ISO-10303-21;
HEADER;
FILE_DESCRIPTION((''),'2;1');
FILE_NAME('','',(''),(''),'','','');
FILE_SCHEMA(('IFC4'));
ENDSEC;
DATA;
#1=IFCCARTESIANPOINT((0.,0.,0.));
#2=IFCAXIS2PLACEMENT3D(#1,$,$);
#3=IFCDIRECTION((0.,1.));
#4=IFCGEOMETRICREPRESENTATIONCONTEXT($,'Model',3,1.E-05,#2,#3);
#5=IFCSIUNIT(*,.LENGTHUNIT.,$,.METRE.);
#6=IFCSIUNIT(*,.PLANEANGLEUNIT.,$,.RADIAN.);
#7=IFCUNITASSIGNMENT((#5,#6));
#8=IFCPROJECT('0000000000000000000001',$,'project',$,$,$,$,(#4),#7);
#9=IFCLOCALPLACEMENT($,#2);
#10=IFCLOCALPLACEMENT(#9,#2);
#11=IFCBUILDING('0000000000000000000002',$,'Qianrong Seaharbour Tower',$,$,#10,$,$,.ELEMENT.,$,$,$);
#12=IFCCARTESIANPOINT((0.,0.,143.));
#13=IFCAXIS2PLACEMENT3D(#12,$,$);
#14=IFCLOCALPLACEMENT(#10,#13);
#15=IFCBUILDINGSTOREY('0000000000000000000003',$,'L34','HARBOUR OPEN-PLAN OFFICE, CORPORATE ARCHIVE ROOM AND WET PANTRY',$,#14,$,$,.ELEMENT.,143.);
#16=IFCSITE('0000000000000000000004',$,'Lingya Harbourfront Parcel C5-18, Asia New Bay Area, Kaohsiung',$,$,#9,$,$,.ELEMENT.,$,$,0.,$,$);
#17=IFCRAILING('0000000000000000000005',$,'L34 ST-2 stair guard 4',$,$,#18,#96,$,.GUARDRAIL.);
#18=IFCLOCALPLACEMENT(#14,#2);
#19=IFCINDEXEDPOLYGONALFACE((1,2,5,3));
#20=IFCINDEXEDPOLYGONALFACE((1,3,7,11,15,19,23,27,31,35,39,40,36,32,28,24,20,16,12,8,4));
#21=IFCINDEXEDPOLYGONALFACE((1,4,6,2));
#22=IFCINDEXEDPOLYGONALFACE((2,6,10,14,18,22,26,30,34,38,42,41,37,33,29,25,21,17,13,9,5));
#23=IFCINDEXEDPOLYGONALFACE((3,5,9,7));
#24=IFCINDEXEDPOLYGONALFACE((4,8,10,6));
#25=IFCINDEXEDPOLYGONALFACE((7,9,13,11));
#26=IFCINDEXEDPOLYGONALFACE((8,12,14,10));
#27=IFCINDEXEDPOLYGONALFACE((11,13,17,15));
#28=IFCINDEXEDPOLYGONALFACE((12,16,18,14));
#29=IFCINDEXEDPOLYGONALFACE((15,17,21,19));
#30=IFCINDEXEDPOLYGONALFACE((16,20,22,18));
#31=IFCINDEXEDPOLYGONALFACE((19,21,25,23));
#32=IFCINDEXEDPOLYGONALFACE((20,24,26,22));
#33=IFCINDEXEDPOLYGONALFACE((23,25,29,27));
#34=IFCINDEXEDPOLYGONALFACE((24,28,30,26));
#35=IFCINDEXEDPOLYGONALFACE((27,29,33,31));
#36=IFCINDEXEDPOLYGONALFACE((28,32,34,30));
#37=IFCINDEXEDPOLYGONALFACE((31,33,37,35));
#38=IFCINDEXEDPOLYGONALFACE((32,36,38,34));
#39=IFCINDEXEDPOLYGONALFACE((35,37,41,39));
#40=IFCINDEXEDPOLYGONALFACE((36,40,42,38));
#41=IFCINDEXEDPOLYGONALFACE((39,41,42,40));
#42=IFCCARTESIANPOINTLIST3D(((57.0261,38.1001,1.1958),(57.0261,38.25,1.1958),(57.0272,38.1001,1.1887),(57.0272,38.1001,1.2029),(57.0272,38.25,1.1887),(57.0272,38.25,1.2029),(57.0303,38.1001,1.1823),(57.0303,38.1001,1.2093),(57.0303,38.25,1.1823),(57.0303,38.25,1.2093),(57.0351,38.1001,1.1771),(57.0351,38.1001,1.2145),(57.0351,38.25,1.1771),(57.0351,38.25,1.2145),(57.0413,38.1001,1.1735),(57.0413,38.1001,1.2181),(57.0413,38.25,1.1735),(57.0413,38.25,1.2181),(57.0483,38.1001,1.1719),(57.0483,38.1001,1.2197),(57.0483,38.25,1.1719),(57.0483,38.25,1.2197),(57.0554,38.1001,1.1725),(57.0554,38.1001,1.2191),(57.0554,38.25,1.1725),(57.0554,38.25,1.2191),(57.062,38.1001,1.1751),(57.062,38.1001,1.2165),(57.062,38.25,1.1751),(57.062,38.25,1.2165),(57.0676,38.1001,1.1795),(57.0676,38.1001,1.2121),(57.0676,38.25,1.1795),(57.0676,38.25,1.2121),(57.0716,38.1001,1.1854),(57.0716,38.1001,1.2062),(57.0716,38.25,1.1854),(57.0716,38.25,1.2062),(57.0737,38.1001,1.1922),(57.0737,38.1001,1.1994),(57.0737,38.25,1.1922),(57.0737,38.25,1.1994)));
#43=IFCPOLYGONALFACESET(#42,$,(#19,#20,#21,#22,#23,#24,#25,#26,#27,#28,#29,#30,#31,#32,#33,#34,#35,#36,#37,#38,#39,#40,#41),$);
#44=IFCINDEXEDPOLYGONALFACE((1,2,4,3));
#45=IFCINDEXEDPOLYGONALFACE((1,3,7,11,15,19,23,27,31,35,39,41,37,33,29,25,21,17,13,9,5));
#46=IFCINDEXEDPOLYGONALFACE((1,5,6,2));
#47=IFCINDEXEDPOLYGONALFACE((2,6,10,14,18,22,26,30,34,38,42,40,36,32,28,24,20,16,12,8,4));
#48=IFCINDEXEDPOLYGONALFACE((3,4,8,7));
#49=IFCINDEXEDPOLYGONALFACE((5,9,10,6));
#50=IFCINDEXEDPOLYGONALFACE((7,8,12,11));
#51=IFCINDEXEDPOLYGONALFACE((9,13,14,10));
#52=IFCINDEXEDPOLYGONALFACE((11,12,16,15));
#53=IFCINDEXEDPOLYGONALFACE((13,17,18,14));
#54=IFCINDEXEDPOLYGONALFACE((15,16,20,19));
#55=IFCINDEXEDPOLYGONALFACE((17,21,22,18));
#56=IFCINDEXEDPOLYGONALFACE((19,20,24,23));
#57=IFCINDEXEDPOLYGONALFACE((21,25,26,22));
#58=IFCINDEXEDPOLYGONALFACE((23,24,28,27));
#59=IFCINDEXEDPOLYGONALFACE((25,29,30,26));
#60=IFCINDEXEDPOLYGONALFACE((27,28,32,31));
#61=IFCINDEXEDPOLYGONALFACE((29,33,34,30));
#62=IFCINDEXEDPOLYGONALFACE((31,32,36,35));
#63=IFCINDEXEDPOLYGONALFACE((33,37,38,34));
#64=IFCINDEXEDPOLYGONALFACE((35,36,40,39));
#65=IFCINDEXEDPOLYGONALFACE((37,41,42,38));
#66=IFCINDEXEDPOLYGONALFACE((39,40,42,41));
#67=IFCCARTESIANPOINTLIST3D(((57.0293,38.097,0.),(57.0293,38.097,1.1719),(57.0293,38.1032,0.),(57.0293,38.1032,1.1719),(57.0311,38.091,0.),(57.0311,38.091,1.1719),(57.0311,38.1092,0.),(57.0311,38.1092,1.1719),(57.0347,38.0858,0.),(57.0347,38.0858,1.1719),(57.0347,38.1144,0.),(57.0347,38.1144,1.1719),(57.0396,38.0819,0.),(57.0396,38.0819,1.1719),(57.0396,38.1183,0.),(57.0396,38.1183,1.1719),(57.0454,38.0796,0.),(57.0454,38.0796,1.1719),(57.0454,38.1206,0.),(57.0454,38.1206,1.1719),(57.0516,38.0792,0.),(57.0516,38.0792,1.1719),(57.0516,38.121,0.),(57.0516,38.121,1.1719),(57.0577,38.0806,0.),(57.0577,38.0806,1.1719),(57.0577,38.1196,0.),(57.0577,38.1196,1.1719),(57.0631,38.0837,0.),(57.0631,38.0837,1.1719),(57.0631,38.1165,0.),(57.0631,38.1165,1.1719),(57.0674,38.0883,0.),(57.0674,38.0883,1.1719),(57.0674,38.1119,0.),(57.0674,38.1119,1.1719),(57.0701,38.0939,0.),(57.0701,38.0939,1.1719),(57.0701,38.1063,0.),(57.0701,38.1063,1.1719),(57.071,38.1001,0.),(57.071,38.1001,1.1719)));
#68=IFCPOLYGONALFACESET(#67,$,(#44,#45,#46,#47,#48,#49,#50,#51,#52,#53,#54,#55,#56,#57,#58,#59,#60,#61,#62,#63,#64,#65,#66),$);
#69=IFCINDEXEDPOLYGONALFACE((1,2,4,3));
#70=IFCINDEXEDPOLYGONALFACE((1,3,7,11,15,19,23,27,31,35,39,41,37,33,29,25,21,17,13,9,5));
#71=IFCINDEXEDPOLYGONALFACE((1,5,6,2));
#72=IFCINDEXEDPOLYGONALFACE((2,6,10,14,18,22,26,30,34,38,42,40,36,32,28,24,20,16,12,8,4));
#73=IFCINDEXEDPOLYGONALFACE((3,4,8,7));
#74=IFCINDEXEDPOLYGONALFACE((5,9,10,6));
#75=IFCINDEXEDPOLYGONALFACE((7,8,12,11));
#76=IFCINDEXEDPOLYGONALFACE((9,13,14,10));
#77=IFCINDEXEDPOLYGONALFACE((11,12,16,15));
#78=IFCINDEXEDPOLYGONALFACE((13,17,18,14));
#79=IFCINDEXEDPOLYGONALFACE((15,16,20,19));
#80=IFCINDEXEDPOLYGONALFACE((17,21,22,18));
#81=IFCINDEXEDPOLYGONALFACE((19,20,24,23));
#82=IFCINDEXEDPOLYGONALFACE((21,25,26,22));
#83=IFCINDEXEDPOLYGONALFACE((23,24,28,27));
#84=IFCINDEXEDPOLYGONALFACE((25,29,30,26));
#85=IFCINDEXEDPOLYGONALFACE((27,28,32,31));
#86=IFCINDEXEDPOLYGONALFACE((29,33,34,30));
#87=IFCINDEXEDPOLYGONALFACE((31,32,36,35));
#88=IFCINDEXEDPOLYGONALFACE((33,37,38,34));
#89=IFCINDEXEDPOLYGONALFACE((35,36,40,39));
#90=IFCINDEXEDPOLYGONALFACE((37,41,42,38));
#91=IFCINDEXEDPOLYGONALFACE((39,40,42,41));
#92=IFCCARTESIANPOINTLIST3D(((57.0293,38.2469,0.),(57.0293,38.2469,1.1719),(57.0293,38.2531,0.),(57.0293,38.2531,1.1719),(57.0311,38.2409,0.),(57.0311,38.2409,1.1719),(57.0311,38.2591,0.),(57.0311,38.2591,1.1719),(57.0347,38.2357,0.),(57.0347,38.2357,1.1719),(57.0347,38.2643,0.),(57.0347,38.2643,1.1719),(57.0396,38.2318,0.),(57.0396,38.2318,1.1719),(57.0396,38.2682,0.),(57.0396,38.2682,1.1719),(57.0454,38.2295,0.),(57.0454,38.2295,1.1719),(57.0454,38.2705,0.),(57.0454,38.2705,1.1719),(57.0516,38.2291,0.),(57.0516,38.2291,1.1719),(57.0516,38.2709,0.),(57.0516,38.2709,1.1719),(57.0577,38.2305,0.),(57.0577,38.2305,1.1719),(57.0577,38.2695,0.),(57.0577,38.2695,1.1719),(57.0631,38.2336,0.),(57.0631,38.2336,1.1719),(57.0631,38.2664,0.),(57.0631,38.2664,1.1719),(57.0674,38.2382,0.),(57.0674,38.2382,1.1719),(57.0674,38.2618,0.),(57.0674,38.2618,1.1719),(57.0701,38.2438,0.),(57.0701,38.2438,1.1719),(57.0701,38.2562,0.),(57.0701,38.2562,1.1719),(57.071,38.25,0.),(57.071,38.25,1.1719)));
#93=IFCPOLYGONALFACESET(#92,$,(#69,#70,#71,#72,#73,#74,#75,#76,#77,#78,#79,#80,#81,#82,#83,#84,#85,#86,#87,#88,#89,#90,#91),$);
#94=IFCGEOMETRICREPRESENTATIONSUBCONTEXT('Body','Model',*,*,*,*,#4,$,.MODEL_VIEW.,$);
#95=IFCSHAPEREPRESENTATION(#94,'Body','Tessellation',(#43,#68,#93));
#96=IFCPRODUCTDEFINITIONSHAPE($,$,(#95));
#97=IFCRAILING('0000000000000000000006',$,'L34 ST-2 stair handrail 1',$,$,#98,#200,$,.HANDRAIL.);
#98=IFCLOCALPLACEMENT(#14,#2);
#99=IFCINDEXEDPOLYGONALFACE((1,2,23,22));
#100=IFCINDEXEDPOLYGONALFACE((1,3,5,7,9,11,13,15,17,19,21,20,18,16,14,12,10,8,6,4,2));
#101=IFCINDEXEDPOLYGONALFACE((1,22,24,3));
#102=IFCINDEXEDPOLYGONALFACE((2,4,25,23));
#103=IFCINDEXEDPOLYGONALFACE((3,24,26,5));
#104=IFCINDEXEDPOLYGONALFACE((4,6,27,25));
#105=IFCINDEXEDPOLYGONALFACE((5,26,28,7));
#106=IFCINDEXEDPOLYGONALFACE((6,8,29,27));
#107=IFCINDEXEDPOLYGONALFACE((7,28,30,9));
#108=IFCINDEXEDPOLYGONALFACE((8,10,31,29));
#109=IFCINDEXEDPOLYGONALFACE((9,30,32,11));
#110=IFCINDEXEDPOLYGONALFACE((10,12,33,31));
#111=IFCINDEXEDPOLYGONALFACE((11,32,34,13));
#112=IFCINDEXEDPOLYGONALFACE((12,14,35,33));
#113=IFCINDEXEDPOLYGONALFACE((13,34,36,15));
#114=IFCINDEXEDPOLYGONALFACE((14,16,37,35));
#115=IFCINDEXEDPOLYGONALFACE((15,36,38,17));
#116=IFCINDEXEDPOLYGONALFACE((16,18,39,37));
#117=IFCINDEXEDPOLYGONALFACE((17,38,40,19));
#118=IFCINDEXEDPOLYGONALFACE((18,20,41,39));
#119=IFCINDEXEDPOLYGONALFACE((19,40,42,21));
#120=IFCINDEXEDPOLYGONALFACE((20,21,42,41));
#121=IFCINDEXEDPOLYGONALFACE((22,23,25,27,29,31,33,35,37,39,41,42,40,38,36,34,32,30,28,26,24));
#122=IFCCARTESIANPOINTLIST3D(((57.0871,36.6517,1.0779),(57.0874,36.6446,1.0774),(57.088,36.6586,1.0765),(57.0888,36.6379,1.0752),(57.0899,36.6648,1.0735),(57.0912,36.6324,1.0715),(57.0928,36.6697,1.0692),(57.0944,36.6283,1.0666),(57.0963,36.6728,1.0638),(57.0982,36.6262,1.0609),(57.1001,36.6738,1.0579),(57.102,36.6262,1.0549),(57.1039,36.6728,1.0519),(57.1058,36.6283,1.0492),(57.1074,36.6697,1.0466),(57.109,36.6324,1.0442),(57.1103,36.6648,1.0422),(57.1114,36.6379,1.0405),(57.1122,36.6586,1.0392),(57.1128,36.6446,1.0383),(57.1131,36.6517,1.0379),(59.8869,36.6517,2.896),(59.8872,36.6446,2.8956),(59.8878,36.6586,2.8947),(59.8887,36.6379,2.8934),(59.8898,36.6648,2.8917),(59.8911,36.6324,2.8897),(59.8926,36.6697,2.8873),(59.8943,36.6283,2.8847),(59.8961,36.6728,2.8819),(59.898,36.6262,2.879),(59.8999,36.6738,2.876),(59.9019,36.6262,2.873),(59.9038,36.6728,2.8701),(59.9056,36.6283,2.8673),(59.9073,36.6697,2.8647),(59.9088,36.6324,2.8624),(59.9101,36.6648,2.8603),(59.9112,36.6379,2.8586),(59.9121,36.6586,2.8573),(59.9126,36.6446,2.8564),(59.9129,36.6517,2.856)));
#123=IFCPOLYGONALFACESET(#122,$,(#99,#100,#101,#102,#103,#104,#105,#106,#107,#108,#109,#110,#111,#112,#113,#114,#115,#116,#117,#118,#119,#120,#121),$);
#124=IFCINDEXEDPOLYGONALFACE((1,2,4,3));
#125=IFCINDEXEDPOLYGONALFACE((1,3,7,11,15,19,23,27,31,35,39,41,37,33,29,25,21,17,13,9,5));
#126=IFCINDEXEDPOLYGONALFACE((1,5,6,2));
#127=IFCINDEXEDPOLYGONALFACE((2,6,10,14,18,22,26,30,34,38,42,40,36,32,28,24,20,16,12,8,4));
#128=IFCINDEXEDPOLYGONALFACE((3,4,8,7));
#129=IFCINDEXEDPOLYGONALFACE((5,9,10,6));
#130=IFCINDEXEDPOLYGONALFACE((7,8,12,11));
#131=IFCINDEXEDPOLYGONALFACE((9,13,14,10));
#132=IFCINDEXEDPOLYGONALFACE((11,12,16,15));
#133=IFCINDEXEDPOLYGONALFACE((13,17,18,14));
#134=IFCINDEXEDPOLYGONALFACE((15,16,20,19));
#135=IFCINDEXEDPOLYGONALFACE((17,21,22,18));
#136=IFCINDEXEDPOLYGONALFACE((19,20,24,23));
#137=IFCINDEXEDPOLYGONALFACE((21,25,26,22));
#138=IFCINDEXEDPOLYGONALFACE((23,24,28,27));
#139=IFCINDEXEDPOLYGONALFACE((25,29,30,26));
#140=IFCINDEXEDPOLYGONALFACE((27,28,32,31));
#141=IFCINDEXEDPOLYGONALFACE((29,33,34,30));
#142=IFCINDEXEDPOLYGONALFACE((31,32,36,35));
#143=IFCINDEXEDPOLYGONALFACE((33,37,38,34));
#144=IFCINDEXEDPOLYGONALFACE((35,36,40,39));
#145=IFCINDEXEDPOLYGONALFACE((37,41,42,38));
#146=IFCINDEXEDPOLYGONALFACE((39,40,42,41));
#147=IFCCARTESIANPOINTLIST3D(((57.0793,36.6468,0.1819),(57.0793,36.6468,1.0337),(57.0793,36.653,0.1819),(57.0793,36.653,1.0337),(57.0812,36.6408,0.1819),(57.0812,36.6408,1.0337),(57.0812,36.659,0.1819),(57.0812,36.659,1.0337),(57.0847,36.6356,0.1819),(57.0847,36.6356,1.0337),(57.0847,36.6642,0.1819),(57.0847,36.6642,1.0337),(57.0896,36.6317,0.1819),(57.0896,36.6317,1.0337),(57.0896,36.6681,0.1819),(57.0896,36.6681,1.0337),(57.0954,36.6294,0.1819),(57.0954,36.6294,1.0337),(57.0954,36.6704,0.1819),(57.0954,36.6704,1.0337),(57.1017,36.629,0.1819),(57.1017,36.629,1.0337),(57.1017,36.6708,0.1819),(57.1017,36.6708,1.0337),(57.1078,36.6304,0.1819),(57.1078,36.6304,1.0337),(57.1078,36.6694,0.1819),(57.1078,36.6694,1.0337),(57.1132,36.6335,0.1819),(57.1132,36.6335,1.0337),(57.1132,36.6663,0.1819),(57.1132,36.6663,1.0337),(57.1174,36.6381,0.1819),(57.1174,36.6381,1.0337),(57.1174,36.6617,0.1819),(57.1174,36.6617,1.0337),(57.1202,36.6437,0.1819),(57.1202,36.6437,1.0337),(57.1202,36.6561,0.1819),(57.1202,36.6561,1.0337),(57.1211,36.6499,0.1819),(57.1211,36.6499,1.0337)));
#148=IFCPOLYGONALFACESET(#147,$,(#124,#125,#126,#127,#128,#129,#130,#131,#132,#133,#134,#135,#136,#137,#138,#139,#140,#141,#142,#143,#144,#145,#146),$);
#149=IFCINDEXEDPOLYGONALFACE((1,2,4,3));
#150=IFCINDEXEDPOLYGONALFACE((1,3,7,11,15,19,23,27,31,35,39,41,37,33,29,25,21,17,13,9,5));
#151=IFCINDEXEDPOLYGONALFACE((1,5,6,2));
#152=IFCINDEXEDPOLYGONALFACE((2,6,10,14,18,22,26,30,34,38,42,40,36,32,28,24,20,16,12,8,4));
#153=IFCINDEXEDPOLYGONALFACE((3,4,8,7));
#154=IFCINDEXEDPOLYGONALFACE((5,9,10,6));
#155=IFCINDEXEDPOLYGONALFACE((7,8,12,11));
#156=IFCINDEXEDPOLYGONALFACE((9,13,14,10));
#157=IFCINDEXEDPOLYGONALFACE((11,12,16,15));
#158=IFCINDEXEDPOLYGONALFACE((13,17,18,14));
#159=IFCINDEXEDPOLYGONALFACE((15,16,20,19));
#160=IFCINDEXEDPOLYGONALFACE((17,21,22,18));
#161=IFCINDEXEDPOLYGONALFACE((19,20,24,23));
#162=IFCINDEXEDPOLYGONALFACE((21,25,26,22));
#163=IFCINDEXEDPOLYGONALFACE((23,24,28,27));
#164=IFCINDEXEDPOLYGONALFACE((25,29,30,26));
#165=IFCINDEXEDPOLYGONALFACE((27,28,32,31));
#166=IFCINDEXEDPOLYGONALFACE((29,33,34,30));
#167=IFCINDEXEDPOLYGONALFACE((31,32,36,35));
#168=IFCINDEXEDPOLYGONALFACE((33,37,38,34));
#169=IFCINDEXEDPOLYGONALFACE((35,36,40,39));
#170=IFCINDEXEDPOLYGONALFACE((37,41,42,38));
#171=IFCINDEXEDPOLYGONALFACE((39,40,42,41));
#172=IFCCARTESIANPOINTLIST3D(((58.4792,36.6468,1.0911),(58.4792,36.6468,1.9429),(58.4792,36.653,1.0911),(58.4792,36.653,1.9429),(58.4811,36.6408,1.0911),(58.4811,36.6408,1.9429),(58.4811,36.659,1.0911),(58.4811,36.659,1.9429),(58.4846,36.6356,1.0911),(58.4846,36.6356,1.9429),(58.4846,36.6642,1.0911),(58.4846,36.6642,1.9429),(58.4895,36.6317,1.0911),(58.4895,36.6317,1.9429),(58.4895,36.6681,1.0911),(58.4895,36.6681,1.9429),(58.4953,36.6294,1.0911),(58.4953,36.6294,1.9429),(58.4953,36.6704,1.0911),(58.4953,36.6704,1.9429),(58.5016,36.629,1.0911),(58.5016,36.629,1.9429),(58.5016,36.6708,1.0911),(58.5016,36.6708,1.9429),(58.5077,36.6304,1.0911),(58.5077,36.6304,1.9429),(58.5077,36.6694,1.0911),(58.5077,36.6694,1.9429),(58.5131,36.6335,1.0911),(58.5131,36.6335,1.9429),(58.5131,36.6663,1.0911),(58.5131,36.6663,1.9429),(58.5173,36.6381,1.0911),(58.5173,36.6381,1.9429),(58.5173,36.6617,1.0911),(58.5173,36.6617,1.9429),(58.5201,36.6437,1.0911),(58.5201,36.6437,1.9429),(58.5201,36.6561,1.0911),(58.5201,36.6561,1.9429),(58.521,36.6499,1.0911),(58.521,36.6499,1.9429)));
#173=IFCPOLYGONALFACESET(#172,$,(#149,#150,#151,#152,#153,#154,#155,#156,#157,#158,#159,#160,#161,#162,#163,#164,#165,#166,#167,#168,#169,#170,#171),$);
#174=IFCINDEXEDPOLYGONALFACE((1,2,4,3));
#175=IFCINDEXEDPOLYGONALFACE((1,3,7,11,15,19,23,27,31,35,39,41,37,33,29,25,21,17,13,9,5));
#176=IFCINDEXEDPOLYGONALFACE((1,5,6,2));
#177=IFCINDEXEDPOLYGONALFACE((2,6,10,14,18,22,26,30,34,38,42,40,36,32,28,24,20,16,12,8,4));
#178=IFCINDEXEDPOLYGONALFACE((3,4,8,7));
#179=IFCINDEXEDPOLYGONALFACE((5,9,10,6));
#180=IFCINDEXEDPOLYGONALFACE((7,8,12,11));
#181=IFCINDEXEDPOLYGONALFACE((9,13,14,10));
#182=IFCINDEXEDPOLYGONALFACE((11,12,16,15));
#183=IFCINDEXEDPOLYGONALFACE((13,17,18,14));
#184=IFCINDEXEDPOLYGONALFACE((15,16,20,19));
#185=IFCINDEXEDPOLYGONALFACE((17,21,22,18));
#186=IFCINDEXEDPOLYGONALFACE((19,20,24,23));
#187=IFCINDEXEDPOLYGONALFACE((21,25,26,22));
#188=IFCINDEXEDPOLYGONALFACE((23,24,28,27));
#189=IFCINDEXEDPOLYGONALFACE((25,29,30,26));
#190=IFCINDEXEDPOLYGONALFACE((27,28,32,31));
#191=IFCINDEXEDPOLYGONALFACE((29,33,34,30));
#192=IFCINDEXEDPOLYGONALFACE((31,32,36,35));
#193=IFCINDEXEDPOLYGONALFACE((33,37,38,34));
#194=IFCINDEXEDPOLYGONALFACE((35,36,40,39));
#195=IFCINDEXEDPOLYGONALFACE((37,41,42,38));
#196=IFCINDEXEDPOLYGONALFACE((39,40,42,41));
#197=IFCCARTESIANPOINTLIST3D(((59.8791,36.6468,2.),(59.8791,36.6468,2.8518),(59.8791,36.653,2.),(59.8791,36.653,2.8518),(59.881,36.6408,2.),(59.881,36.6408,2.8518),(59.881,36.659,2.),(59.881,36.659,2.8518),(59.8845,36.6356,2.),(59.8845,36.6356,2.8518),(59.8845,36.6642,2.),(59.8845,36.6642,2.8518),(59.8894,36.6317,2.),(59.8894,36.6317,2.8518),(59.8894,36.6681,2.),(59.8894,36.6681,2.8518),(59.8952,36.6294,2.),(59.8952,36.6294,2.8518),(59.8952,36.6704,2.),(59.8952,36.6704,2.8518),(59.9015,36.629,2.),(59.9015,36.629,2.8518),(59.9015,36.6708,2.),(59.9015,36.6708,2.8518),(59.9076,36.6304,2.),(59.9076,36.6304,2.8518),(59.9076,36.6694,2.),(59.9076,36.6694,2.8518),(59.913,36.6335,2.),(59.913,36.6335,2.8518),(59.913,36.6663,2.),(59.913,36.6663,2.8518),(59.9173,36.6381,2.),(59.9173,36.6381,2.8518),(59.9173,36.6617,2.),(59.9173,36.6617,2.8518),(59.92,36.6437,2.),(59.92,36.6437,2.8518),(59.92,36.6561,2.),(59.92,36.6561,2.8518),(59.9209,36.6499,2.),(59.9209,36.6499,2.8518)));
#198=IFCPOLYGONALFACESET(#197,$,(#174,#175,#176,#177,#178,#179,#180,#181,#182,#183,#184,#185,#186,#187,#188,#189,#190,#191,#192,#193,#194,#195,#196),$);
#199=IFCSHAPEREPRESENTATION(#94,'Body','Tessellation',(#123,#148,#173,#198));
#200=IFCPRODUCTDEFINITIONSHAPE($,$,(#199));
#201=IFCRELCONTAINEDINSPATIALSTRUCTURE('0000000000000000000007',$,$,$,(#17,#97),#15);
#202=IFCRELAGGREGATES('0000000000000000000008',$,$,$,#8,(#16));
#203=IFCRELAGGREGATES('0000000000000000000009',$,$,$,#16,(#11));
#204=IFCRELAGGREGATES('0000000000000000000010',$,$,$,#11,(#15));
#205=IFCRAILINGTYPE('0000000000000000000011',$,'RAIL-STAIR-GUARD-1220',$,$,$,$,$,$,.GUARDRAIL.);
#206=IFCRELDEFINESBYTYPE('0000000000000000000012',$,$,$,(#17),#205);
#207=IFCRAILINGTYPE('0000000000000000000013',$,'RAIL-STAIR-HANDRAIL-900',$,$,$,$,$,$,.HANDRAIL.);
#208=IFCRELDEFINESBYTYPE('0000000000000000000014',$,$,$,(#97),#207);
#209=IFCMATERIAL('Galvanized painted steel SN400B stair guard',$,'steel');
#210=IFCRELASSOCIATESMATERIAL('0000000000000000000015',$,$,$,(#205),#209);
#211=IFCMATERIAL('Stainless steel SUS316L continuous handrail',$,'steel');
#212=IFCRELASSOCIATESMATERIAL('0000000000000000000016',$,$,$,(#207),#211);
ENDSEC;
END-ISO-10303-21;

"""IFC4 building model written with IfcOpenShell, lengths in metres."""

from ifc_helpers import new_model, si_unit, direction, frame, origin, origin_2d, place, context, subcontext, project, spatial, circle, extrude, material, type_object, element, save


model = new_model("IFC4")

# Units and contexts
model_context = context("Model", 3, precision=1e-05, world=origin(), true_north=direction((0.0, 1.0)))
body_context = subcontext(model_context, "Body", "Model", "MODEL_VIEW")
ifc_project = project(units=[si_unit("LENGTHUNIT", "METRE"), si_unit("PLANEANGLEUNIT", "RADIAN")], contexts=[model_context])

# Site, building, storey
site_placement = place(None, origin())
site = spatial("IfcSite", under=ifc_project, at=site_placement, Name="Lingya Harbourfront Parcel C5-18, Asia New Bay Area, Kaohsiung", CompositionType="ELEMENT", RefElevation=0.0)
building_placement = place(site_placement, origin())
building = spatial("IfcBuilding", under=site, at=building_placement, Name="Qianrong Seaharbour Tower", CompositionType="ELEMENT")
storey_placement = place(building_placement, frame((0.0, 0.0, 143.0)))
storey = spatial("IfcBuildingStorey", under=building, at=storey_placement, Name="L34", Description="HARBOUR OPEN-PLAN OFFICE, CORPORATE ARCHIVE ROOM AND WET PANTRY", CompositionType="ELEMENT", Elevation=143.0)

# Railings
ifc_material_1 = material(Name="Galvanized painted steel SN400B stair guard", Category="steel")
railing_type_1 = type_object("IfcRailingType", Name="RAIL-STAIR-GUARD-1220", PredefinedType="GUARDRAIL", material=ifc_material_1)
railing_1_placement = place(storey_placement, frame((57.05, 38.1001, 0.0)))
element("IfcRailing", 1, at=railing_1_placement, inside=storey, type_object=railing_type_1, Name="L34 ST-2 stair guard 4", PredefinedType="GUARDRAIL", context=body_context, shape_type="SweptSolid", body=[
    extrude(circle(Radius=0.0239, at=origin_2d()), frame((0.0, 0.0, 1.1958), z_axis=(0.0, 1.0, 0.0), x_axis=(-1.0, 0.0, 0.0)), (0.0, 0.0, 1.0), 0.1499),
    extrude(circle(Radius=0.021, at=origin_2d()), origin(), (0.0, 0.0, 1.0), 1.1719),
    extrude(circle(Radius=0.021, at=origin_2d()), frame((0.0, 0.1499, 0.0)), (0.0, 0.0, 1.0), 1.1719),
])
ifc_material_2 = material(Name="Stainless steel SUS316L continuous handrail", Category="steel")
railing_type_2 = type_object("IfcRailingType", Name="RAIL-STAIR-HANDRAIL-900", PredefinedType="HANDRAIL", material=ifc_material_2)
railing_2_placement = place(storey_placement, frame((57.1001, 36.6499, 0.1819)))
element("IfcRailing", 2, at=railing_2_placement, inside=storey, type_object=railing_type_2, Name="L34 ST-2 stair handrail 1", PredefinedType="HANDRAIL", context=body_context, shape_type="SweptSolid", body=[
    extrude(circle(Radius=0.0239, at=origin_2d()), frame((0.0, 0.0, 0.876), z_axis=(0.838684, 0.0, 0.544618), x_axis=(0.0, 1.0, 0.0)), (0.0, 0.0, 1.0), 3.3384),
    extrude(circle(Radius=0.021, at=origin_2d()), origin(), (0.0, 0.0, 1.0), 0.8518),
    extrude(circle(Radius=0.021, at=origin_2d()), frame((1.3999, 0.0, 0.9092)), (0.0, 0.0, 1.0), 0.8518),
    extrude(circle(Radius=0.021, at=origin_2d()), frame((2.7998, 0.0, 1.8181)), (0.0, 0.0, 1.0), 0.8518),
])

save(model, "model.ifc")
